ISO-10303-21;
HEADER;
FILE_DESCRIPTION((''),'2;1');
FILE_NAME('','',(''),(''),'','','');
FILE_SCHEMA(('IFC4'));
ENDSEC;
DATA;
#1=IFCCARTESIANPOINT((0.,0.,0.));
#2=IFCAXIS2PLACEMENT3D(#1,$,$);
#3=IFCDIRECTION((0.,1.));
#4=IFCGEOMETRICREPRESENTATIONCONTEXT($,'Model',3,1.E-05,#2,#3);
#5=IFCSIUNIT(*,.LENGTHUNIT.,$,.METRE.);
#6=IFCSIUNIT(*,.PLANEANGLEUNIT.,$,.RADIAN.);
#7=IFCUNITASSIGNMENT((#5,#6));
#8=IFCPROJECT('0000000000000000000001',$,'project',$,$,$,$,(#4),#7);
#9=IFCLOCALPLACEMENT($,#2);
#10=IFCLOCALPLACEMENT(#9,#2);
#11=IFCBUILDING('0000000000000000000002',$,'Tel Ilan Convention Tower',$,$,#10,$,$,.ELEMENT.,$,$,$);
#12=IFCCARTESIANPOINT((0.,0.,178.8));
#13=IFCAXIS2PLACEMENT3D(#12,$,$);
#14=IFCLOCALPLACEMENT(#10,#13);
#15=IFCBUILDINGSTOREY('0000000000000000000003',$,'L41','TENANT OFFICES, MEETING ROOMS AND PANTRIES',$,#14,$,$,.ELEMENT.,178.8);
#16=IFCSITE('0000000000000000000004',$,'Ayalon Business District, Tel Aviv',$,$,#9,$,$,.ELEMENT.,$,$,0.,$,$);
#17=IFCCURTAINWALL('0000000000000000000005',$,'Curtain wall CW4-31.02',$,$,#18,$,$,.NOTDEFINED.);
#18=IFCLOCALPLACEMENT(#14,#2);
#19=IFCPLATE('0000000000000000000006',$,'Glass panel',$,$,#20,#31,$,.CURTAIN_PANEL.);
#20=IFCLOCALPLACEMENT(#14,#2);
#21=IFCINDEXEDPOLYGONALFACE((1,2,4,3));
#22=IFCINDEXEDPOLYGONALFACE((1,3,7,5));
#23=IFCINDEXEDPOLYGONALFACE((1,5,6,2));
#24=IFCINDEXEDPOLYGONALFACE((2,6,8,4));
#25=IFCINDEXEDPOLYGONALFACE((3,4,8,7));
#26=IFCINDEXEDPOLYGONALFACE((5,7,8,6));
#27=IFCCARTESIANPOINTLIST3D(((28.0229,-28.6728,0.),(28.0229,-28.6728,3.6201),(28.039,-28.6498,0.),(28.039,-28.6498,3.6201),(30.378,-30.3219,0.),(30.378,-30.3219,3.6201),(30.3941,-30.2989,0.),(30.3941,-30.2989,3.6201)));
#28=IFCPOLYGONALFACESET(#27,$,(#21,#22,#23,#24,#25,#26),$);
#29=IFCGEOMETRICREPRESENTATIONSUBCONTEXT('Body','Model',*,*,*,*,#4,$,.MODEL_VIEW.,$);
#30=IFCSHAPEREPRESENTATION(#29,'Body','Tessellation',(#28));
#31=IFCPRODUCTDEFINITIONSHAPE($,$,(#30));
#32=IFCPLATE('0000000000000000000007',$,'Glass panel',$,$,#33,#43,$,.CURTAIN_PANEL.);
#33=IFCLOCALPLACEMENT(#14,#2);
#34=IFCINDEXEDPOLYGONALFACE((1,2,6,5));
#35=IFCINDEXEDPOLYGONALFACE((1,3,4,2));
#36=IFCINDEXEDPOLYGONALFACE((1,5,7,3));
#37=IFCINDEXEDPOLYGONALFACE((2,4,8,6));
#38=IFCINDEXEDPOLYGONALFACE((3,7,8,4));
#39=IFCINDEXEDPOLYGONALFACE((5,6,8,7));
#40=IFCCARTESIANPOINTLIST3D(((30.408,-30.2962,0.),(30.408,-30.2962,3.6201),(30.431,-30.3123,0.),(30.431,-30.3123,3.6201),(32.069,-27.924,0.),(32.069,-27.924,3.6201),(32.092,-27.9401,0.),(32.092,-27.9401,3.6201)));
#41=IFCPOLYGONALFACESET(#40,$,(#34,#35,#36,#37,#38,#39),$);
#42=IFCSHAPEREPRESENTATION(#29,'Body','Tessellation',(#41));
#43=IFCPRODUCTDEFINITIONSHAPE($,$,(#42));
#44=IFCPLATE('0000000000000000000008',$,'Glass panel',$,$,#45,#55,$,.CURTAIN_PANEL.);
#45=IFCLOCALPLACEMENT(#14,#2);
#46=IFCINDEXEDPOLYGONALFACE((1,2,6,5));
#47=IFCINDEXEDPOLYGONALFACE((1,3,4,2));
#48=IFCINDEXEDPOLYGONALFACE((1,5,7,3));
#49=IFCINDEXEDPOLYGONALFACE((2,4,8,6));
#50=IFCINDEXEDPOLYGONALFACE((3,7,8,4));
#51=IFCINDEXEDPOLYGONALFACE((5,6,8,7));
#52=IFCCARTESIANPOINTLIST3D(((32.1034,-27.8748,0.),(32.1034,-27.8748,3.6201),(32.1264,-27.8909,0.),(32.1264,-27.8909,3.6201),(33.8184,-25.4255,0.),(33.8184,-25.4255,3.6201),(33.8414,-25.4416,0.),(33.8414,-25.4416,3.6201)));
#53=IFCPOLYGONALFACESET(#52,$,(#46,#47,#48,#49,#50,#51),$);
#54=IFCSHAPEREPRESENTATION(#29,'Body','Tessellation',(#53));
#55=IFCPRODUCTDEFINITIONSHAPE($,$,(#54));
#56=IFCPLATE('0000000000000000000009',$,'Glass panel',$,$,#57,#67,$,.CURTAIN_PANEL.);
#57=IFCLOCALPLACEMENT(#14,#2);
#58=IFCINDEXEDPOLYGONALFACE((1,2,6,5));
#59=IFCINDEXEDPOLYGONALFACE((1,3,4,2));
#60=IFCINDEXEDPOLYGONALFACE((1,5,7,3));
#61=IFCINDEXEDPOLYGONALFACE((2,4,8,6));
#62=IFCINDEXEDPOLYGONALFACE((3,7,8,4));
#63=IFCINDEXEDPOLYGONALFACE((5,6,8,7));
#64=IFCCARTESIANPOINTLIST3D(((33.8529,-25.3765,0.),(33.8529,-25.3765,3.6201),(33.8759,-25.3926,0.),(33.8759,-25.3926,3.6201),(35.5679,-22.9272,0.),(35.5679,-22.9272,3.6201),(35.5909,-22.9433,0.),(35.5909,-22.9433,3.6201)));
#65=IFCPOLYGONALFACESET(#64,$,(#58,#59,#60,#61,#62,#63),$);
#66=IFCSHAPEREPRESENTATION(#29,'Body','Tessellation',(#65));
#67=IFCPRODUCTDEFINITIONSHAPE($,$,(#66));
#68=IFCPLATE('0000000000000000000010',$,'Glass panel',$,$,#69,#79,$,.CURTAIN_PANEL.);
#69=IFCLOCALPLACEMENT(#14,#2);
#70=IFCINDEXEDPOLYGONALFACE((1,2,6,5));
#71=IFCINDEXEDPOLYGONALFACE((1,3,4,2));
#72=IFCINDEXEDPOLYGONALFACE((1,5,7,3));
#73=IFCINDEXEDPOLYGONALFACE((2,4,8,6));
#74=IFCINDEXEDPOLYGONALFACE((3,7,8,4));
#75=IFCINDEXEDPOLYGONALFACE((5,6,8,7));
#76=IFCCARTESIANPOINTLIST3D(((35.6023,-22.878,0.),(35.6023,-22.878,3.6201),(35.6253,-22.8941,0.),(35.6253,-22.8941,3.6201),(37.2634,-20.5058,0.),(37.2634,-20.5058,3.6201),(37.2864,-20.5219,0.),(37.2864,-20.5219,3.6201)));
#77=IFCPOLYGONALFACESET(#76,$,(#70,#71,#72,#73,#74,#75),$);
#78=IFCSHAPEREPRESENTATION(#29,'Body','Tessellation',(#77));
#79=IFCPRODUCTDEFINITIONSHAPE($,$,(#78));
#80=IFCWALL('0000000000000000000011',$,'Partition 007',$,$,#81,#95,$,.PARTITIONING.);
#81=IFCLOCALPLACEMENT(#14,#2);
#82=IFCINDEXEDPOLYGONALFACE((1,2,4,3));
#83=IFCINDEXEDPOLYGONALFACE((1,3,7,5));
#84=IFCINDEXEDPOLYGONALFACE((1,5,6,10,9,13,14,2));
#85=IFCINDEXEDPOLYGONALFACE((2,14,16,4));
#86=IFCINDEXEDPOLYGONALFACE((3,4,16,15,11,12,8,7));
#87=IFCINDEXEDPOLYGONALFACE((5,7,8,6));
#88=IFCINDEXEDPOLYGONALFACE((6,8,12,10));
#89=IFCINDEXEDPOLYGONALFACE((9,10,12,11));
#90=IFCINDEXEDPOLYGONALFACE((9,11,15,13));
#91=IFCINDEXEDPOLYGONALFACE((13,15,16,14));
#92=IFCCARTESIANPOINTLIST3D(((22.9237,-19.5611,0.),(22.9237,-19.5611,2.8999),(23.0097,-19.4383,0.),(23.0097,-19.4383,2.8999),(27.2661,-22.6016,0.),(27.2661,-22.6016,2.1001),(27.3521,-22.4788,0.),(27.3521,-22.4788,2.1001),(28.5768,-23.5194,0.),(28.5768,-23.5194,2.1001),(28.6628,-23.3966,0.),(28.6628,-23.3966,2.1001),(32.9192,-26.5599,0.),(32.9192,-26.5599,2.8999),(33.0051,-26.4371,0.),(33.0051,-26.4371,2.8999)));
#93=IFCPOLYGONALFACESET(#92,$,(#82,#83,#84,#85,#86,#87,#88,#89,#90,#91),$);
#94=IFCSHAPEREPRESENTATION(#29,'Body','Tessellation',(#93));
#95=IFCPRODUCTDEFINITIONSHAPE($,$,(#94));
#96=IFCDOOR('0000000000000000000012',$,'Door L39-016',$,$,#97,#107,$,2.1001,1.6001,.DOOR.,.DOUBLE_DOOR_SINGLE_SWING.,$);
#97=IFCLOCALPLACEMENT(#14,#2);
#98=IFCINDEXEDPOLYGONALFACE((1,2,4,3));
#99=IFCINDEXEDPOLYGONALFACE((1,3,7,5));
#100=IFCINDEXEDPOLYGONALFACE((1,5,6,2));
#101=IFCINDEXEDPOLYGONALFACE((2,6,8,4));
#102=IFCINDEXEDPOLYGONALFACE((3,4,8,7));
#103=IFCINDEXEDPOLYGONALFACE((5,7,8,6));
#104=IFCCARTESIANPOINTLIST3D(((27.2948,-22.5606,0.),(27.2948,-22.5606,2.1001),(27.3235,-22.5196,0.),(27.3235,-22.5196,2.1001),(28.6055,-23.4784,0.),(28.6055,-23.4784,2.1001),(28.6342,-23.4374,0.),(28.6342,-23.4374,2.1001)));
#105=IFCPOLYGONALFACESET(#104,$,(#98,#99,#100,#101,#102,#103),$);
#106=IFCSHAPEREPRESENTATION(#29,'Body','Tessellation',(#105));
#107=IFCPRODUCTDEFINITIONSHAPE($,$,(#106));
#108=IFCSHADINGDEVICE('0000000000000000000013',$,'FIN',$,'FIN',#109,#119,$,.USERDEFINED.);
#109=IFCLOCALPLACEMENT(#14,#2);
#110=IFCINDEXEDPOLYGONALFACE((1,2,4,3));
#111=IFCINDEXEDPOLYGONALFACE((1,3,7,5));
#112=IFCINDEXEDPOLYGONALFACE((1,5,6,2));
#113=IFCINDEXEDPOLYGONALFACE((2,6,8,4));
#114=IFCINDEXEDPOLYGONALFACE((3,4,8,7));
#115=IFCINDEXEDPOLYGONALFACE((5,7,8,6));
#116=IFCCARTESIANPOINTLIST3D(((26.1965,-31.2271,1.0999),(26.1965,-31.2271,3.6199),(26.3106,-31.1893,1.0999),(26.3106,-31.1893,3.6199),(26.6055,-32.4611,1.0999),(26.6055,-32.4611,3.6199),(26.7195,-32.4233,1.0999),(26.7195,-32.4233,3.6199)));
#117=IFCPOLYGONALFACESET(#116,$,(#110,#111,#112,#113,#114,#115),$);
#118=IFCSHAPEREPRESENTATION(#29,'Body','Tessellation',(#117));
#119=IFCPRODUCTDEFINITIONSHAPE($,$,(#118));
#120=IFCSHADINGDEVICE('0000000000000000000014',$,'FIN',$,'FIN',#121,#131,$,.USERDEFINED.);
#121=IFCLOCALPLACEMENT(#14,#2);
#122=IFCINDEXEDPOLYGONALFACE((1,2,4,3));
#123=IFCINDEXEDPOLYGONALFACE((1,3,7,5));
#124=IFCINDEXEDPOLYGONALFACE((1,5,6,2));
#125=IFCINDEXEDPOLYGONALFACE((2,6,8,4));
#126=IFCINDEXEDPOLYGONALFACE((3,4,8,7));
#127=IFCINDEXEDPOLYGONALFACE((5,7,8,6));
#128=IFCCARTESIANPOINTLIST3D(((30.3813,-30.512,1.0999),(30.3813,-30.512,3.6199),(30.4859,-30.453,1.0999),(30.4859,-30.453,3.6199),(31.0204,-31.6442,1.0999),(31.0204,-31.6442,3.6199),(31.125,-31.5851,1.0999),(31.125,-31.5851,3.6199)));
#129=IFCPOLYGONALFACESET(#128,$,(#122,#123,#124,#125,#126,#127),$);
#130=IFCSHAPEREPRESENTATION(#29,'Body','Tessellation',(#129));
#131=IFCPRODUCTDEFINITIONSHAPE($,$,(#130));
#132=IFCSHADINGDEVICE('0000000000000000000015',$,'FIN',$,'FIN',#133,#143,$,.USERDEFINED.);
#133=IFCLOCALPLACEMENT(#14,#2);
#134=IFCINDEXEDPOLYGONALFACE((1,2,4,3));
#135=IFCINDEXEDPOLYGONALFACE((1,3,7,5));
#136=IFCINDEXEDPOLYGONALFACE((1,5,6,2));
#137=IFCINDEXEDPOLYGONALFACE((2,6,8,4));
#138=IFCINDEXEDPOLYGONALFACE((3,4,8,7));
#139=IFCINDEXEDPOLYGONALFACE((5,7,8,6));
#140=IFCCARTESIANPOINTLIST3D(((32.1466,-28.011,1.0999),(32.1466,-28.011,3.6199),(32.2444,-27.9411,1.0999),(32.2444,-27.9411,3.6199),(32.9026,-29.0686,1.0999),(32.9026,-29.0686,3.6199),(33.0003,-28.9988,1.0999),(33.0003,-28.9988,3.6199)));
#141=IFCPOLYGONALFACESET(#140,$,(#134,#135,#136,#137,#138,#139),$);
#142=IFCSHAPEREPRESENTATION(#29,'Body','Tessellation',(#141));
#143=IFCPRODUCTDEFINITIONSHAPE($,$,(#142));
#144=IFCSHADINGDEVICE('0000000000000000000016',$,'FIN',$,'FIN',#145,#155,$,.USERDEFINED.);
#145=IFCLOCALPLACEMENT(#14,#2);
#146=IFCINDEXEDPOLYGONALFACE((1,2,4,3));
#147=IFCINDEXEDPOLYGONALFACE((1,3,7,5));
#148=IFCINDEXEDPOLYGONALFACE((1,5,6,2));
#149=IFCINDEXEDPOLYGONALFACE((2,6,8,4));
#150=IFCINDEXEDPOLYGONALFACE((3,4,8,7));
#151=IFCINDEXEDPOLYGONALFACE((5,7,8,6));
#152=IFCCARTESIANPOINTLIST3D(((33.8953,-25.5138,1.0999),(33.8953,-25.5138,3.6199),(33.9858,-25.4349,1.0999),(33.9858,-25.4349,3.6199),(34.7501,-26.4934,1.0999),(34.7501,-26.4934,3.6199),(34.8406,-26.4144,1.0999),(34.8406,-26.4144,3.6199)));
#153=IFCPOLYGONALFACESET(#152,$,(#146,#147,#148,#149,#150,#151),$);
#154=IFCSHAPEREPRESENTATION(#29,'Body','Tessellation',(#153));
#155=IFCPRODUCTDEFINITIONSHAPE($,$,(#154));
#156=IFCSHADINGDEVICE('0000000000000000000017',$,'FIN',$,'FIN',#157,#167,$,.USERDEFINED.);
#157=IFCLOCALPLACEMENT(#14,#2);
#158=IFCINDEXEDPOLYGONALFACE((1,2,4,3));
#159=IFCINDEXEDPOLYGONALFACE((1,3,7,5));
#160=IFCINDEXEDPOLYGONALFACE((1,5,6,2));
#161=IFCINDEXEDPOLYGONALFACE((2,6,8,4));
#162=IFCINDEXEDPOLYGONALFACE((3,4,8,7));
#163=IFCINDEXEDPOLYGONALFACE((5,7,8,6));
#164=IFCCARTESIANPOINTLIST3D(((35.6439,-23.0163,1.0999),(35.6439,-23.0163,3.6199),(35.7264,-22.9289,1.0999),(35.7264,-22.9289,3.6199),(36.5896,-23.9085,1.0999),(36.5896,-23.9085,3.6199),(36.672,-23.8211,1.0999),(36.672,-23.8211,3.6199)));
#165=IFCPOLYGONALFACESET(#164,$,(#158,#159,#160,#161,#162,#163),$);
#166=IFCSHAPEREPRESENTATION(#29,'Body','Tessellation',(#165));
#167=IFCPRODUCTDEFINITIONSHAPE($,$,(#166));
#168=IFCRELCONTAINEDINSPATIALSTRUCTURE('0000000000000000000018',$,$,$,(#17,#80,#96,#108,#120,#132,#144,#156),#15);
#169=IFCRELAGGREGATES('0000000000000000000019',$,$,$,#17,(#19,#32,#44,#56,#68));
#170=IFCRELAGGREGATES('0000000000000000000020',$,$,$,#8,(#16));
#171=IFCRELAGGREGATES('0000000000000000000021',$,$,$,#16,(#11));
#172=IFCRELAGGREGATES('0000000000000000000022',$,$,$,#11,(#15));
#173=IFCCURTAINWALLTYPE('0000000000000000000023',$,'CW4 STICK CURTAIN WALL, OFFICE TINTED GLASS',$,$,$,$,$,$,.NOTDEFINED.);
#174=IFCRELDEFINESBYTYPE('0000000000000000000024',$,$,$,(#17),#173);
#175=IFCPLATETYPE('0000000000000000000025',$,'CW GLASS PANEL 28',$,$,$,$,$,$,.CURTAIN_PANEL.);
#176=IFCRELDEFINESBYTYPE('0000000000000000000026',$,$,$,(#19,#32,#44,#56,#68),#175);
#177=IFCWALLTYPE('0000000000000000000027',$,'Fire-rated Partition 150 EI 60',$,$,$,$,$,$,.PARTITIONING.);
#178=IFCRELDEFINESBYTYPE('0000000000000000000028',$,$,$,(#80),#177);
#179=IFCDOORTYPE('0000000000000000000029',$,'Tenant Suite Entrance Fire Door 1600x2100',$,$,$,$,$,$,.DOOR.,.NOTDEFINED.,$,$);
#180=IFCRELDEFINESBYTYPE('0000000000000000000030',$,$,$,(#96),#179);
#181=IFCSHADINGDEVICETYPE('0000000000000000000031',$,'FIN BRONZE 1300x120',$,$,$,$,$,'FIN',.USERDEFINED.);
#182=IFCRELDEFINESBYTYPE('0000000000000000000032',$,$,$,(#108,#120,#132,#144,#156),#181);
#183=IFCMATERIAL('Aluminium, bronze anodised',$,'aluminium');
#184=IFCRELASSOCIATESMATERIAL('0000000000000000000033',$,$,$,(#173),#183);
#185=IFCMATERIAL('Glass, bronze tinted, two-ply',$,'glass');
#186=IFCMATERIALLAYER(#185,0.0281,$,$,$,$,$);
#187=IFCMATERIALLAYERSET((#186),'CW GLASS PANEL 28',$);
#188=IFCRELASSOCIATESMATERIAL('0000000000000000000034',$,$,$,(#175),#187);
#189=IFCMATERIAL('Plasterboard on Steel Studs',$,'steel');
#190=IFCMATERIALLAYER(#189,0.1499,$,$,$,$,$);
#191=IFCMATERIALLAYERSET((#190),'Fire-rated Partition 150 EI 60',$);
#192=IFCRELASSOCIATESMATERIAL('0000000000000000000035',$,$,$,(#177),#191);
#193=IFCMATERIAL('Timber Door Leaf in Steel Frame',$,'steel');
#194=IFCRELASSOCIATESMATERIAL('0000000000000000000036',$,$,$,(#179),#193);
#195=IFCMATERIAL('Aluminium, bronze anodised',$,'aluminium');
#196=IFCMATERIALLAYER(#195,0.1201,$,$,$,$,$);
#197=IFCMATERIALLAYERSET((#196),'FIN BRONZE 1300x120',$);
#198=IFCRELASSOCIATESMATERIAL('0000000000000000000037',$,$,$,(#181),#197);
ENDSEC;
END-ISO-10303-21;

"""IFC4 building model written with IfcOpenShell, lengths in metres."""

from ifc_helpers import new_model, si_unit, direction, frame, frame_2d, origin, origin_2d, place, context, subcontext, project, spatial, rectangle, extrude, material, layer, layer_set, type_object, element, fill, aggregate, save


model = new_model("IFC4")

# Units and contexts
model_context = context("Model", 3, precision=1e-05, world=origin(), true_north=direction((0.0, 1.0)))
body_context = subcontext(model_context, "Body", "Model", "MODEL_VIEW")
ifc_project = project(units=[si_unit("LENGTHUNIT", "METRE"), si_unit("PLANEANGLEUNIT", "RADIAN")], contexts=[model_context])

# Site, building, storey
site_placement = place(None, origin())
site = spatial("IfcSite", under=ifc_project, at=site_placement, Name="Ayalon Business District, Tel Aviv", CompositionType="ELEMENT", RefElevation=0.0)
building_placement = place(site_placement, origin())
building = spatial("IfcBuilding", under=site, at=building_placement, Name="Tel Ilan Convention Tower", CompositionType="ELEMENT")
storey_placement = place(building_placement, frame((0.0, 0.0, 178.8)))
storey = spatial("IfcBuildingStorey", under=building, at=storey_placement, Name="L41", Description="TENANT OFFICES, MEETING ROOMS AND PANTRIES", CompositionType="ELEMENT", Elevation=178.8)

# Curtain wall, plates
ifc_material_1 = material(Name="Aluminium, bronze anodised", Category="aluminium")
curtain_wall_type = type_object("IfcCurtainWallType", Name="CW4 STICK CURTAIN WALL, OFFICE TINTED GLASS", PredefinedType="NOTDEFINED", material=ifc_material_1)
curtain_wall_placement = place(storey_placement, origin())
curtain_wall = element("IfcCurtainWall", 1, at=curtain_wall_placement, inside=storey, type_object=curtain_wall_type, Name="Curtain wall CW4-31.02", PredefinedType="NOTDEFINED")
ifc_material_2 = material(Name="Glass, bronze tinted, two-ply", Category="glass")
ifc_layer_1 = layer(ifc_material_2, 0.0281)
ifc_layer_set_1 = layer_set([ifc_layer_1], Name="CW GLASS PANEL 28")
plate_type = type_object("IfcPlateType", Name="CW GLASS PANEL 28", PredefinedType="CURTAIN_PANEL", material=ifc_layer_set_1)
plate_1_placement = place(storey_placement, frame((29.2085, -29.4858, 0.0), z_axis=(0.0, 0.0, 1.0), x_axis=(0.819152, -0.573576, 0.0)))
plate_1 = element("IfcPlate", 2, at=plate_1_placement, type_object=plate_type, Name="Glass panel", PredefinedType="CURTAIN_PANEL", context=body_context, shape_type="SweptSolid", body=[
    extrude(rectangle(XDim=2.875, YDim=0.0281, at=origin_2d()), origin(), (0.0, 0.0, 1.0), 3.6201),
])
plate_2_placement = place(storey_placement, frame((31.25, -29.1182, 0.0), z_axis=(0.0, 0.0, 1.0), x_axis=(0.573576, 0.819152, 0.0)))
plate_2 = element("IfcPlate", 3, at=plate_2_placement, type_object=plate_type, Name="Glass panel", PredefinedType="CURTAIN_PANEL", context=body_context, shape_type="SweptSolid", body=[
    extrude(rectangle(XDim=2.896, YDim=0.0281, at=origin_2d()), origin(), (0.0, 0.0, 1.0), 3.6201),
])
plate_3_placement = place(storey_placement, frame((32.9724, -26.6582, 0.0), z_axis=(0.0, 0.0, 1.0), x_axis=(0.573576, 0.819152, 0.0)))
plate_3 = element("IfcPlate", 4, at=plate_3_placement, type_object=plate_type, Name="Glass panel", PredefinedType="CURTAIN_PANEL", context=body_context, shape_type="SweptSolid", body=[
    extrude(rectangle(XDim=2.99, YDim=0.0281, at=origin_2d()), origin(), (0.0, 0.0, 1.0), 3.6201),
])
plate_4_placement = place(storey_placement, frame((34.7219, -24.1599, 0.0), z_axis=(0.0, 0.0, 1.0), x_axis=(0.573576, 0.819152, 0.0)))
plate_4 = element("IfcPlate", 5, at=plate_4_placement, type_object=plate_type, Name="Glass panel", PredefinedType="CURTAIN_PANEL", context=body_context, shape_type="SweptSolid", body=[
    extrude(rectangle(XDim=2.99, YDim=0.0281, at=origin_2d()), origin(), (0.0, 0.0, 1.0), 3.6201),
])
plate_5_placement = place(storey_placement, frame((36.4443, -21.7, 0.0), z_axis=(0.0, 0.0, 1.0), x_axis=(0.573576, 0.819152, 0.0)))
plate_5 = element("IfcPlate", 6, at=plate_5_placement, type_object=plate_type, Name="Glass panel", PredefinedType="CURTAIN_PANEL", context=body_context, shape_type="SweptSolid", body=[
    extrude(rectangle(XDim=2.896, YDim=0.0281, at=origin_2d()), origin(), (0.0, 0.0, 1.0), 3.6201),
])
aggregate(curtain_wall, [plate_1, plate_2, plate_3, plate_4, plate_5])

# Wall, opening, door
ifc_material_3 = material(Name="Plasterboard on Steel Studs", Category="steel")
ifc_layer_2 = layer(ifc_material_3, 0.1499)
ifc_layer_set_2 = layer_set([ifc_layer_2], Name="Fire-rated Partition 150 EI 60")
wall_type = type_object("IfcWallType", Name="Fire-rated Partition 150 EI 60", PredefinedType="PARTITIONING", material=ifc_layer_set_2)
wall_placement = place(storey_placement, frame((32.9622, -26.4985, 0.0), z_axis=(0.0, 0.0, 1.0), x_axis=(-0.819154, 0.573574, 0.0)))
wall = element("IfcWall", 7, at=wall_placement, inside=storey, type_object=wall_type, Name="Partition 007", PredefinedType="PARTITIONING", context=body_context, shape_type="SweptSolid", body=[
    extrude(rectangle(XDim=12.2021, YDim=0.1499, at=frame_2d((6.1011, 0.0))), origin(), (0.0, 0.0, 1.0), 2.8999),
])
opening_placement = place(wall_placement, frame((5.301, 0.0, 0.0)))
opening = element("IfcOpeningElement", 8, at=opening_placement, cuts=wall, PredefinedType="OPENING", context=body_context, shape_type="SweptSolid", body=[
    extrude(rectangle(XDim=1.6001, YDim=2.1001, at=frame_2d((0.8, 1.05))), frame((0.0, 0.085, 0.0), z_axis=(0.0, -1.0, 0.0), x_axis=(1.0, 0.0, 0.0)), (0.0, 0.0, 1.0), 0.1699),
])
ifc_material_4 = material(Name="Timber Door Leaf in Steel Frame", Category="steel")
door_type = type_object("IfcDoorType", Name="Tenant Suite Entrance Fire Door 1600x2100", OperationType="NOTDEFINED", PredefinedType="DOOR", material=ifc_material_4)
door_placement = place(opening_placement, origin())
door = element("IfcDoor", 9, at=door_placement, inside=storey, type_object=door_type, Name="Door L39-016", OperationType="DOUBLE_DOOR_SINGLE_SWING", OverallHeight=2.1001, OverallWidth=1.6001, PredefinedType="DOOR", context=body_context, shape_type="SweptSolid", body=[
    extrude(rectangle(XDim=1.6001, YDim=2.1001, at=frame_2d((0.8, 1.05))), frame((0.0, 0.0249, 0.0), z_axis=(0.0, -1.0, 0.0), x_axis=(1.0, 0.0, 0.0)), (0.0, 0.0, 1.0), 0.05),
])
fill(opening, door)

# Shading devices
ifc_material_5 = material(Name="Aluminium, bronze anodised", Category="aluminium")
ifc_layer_3 = layer(ifc_material_5, 0.1201)
ifc_layer_set_3 = layer_set([ifc_layer_3], Name="FIN BRONZE 1300x120")
shading_device_type = type_object("IfcShadingDeviceType", Name="FIN BRONZE 1300x120", ElementType="FIN", PredefinedType="USERDEFINED", material=ifc_layer_set_3)
for number, where, z_axis, x_axis, name in (
    (10, (26.458, -31.8252, 1.0999), (0.0, 0.0, 1.0), (0.314545, -0.949243, 0.0), "FIN"),
    (11, (30.7532, -31.0486, 1.0999), (0.0, 0.0, 1.0), (0.491579, -0.870833, 0.0), "FIN"),
    (12, (32.5735, -28.5049, 1.0999), (0.0, 0.0, 1.0), (0.581492, -0.813552, 0.0), "FIN"),
    (13, (34.3679, -25.9641, 1.0999), (0.0, 0.0, 1.0), (0.657521, -0.753436, 0.0), "FIN"),
    (14, (36.158, -23.4187, 1.0999), (0.0, 0.0, 1.0), (0.727374, -0.686242, 0.0), "FIN"),
):
    element("IfcShadingDevice", number, at=place(storey_placement, frame(where, z_axis=z_axis, x_axis=x_axis)), inside=storey, type_object=shading_device_type, Name=name, ObjectType="FIN", PredefinedType="USERDEFINED", context=body_context, shape_type="SweptSolid", body=[
        extrude(rectangle(XDim=1.3, YDim=0.1201, at=origin_2d()), origin(), (0.0, 0.0, 1.0), 2.52),
    ])

save(model, "model.ifc")
